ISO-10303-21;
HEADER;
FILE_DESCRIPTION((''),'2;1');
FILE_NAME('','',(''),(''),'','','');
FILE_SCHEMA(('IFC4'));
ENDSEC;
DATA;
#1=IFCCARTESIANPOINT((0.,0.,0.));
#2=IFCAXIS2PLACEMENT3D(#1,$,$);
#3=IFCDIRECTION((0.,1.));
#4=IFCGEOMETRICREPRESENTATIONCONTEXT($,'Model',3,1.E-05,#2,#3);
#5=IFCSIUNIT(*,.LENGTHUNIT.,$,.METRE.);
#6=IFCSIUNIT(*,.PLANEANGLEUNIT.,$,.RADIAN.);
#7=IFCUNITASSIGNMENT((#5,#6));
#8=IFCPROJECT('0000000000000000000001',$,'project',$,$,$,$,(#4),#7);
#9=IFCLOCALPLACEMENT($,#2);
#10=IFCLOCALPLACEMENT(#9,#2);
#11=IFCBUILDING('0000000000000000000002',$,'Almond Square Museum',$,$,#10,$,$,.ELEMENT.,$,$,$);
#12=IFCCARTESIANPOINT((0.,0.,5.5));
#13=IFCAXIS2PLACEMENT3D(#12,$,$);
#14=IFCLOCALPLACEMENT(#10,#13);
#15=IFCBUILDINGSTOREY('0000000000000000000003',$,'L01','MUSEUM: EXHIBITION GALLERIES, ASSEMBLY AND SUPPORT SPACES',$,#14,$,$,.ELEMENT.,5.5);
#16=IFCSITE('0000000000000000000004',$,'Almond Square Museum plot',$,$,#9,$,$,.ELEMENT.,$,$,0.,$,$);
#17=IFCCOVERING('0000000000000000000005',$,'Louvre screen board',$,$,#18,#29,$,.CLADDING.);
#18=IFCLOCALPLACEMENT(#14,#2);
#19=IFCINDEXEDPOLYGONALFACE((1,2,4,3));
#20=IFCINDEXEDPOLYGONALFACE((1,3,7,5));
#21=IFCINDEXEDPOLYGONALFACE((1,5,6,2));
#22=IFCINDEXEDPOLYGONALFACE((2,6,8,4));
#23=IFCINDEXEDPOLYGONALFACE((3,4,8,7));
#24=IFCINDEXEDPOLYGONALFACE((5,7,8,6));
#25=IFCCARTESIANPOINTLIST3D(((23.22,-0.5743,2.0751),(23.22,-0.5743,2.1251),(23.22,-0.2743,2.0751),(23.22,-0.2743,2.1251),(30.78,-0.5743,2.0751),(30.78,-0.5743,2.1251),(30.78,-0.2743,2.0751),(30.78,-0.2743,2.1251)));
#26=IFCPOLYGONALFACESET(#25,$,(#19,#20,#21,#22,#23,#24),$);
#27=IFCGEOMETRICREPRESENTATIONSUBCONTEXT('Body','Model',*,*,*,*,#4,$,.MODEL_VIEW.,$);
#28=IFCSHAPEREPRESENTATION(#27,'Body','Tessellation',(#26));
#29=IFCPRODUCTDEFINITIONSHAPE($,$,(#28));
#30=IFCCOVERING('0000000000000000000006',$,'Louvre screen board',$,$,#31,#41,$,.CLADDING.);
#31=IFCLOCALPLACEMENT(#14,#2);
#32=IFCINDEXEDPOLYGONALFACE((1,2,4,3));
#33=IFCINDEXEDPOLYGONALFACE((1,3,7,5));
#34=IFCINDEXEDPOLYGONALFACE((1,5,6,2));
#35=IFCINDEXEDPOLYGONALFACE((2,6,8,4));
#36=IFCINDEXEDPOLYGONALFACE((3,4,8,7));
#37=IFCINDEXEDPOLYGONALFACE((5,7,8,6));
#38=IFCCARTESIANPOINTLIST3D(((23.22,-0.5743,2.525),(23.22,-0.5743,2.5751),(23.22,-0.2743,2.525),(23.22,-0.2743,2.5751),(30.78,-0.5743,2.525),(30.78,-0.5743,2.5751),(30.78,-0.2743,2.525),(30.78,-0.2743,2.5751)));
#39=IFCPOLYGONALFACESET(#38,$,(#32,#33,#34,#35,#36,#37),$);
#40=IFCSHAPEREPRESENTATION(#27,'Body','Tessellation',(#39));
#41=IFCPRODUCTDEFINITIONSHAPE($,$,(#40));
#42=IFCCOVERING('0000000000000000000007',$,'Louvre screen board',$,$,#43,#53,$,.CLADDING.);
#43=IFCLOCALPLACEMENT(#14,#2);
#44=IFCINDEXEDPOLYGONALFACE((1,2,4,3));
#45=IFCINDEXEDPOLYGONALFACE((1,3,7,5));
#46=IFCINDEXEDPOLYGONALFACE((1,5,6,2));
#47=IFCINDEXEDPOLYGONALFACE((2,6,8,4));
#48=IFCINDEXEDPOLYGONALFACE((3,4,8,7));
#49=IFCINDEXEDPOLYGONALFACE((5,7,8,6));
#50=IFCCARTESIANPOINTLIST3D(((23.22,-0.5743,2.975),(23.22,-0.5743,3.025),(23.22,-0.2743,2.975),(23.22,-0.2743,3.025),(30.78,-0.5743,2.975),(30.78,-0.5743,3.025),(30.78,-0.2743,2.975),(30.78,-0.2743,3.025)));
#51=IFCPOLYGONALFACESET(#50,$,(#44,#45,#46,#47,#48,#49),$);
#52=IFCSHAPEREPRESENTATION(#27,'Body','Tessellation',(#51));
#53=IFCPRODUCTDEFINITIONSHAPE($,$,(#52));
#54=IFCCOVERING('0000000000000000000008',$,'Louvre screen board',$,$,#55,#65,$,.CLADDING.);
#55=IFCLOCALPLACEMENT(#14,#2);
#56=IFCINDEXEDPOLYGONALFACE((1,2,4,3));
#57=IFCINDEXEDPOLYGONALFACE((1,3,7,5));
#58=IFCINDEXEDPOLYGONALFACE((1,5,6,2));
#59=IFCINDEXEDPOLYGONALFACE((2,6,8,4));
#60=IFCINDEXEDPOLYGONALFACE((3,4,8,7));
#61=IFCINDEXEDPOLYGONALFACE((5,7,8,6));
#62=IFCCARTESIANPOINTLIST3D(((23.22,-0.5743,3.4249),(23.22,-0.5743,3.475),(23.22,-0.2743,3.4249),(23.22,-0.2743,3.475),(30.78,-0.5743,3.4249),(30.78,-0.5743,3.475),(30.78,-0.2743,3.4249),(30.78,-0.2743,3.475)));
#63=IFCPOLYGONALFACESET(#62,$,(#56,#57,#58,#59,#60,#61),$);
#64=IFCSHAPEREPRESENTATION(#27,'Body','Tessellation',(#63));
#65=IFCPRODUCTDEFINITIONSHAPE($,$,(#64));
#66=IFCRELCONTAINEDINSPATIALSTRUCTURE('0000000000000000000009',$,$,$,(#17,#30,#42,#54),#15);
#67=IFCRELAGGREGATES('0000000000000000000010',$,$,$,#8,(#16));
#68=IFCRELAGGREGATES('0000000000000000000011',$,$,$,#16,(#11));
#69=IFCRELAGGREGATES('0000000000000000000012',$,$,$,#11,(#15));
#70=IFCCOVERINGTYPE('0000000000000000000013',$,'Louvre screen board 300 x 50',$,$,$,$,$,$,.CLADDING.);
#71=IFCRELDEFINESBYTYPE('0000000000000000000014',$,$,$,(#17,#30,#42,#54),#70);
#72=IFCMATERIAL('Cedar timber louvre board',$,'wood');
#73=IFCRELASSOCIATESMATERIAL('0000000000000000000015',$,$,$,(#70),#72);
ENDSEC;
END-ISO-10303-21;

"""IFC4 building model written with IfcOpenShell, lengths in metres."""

from ifc_helpers import new_model, si_unit, direction, frame, origin, origin_2d, place, context, subcontext, project, spatial, rectangle, extrude, material, material_profile, profile_set, type_object, element, save


model = new_model("IFC4")

# Units and contexts
model_context = context("Model", 3, precision=1e-05, world=origin(), true_north=direction((0.0, 1.0)))
body_context = subcontext(model_context, "Body", "Model", "MODEL_VIEW")
ifc_project = project(units=[si_unit("LENGTHUNIT", "METRE"), si_unit("PLANEANGLEUNIT", "RADIAN")], contexts=[model_context])

# Site, building, storey
site_placement = place(None, origin())
site = spatial("IfcSite", under=ifc_project, at=site_placement, Name="Almond Square Museum plot", CompositionType="ELEMENT", RefElevation=0.0)
building_placement = place(site_placement, origin())
building = spatial("IfcBuilding", under=site, at=building_placement, Name="Almond Square Museum", CompositionType="ELEMENT")
storey_placement = place(building_placement, frame((0.0, 0.0, 5.5)))
storey = spatial("IfcBuildingStorey", under=building, at=storey_placement, Name="L01", Description="MUSEUM: EXHIBITION GALLERIES, ASSEMBLY AND SUPPORT SPACES", CompositionType="ELEMENT", Elevation=5.5)

# Coverings
ifc_material_1 = material(Name="Cedar timber louvre board", Category="wood")
ifc_material_profile_1 = material_profile(ifc_material_1, rectangle(XDim=0.3, YDim=0.05, at=origin_2d()))
ifc_profile_set_1 = profile_set([ifc_material_profile_1], Name="Cedar timber louvre board")
covering_type = type_object("IfcCoveringType", Name="Louvre screen board 300 x 50", PredefinedType="CLADDING", material=ifc_profile_set_1)
for number, where, z_axis, x_axis, name in (
    (1, (23.22, -0.4243, 2.1001), (1.0, 0.0, 0.0), (0.0, 1.0, 0.0), "Louvre screen board"),
    (2, (23.22, -0.4243, 2.55), (1.0, 0.0, 0.0), (0.0, 1.0, 0.0), "Louvre screen board"),
    (3, (23.22, -0.4243, 3.0), (1.0, 0.0, 0.0), (0.0, 1.0, 0.0), "Louvre screen board"),
    (4, (23.22, -0.4243, 3.45), (1.0, 0.0, 0.0), (0.0, 1.0, 0.0), "Louvre screen board"),
):
    element("IfcCovering", number, at=place(storey_placement, frame(where, z_axis=z_axis, x_axis=x_axis)), inside=storey, type_object=covering_type, Name=name, PredefinedType="CLADDING", context=body_context, shape_type="SweptSolid", body=[
        extrude(rectangle(XDim=0.3, YDim=0.05, at=origin_2d()), origin(), (0.0, 0.0, 1.0), 7.5601),
    ])

save(model, "model.ifc")
